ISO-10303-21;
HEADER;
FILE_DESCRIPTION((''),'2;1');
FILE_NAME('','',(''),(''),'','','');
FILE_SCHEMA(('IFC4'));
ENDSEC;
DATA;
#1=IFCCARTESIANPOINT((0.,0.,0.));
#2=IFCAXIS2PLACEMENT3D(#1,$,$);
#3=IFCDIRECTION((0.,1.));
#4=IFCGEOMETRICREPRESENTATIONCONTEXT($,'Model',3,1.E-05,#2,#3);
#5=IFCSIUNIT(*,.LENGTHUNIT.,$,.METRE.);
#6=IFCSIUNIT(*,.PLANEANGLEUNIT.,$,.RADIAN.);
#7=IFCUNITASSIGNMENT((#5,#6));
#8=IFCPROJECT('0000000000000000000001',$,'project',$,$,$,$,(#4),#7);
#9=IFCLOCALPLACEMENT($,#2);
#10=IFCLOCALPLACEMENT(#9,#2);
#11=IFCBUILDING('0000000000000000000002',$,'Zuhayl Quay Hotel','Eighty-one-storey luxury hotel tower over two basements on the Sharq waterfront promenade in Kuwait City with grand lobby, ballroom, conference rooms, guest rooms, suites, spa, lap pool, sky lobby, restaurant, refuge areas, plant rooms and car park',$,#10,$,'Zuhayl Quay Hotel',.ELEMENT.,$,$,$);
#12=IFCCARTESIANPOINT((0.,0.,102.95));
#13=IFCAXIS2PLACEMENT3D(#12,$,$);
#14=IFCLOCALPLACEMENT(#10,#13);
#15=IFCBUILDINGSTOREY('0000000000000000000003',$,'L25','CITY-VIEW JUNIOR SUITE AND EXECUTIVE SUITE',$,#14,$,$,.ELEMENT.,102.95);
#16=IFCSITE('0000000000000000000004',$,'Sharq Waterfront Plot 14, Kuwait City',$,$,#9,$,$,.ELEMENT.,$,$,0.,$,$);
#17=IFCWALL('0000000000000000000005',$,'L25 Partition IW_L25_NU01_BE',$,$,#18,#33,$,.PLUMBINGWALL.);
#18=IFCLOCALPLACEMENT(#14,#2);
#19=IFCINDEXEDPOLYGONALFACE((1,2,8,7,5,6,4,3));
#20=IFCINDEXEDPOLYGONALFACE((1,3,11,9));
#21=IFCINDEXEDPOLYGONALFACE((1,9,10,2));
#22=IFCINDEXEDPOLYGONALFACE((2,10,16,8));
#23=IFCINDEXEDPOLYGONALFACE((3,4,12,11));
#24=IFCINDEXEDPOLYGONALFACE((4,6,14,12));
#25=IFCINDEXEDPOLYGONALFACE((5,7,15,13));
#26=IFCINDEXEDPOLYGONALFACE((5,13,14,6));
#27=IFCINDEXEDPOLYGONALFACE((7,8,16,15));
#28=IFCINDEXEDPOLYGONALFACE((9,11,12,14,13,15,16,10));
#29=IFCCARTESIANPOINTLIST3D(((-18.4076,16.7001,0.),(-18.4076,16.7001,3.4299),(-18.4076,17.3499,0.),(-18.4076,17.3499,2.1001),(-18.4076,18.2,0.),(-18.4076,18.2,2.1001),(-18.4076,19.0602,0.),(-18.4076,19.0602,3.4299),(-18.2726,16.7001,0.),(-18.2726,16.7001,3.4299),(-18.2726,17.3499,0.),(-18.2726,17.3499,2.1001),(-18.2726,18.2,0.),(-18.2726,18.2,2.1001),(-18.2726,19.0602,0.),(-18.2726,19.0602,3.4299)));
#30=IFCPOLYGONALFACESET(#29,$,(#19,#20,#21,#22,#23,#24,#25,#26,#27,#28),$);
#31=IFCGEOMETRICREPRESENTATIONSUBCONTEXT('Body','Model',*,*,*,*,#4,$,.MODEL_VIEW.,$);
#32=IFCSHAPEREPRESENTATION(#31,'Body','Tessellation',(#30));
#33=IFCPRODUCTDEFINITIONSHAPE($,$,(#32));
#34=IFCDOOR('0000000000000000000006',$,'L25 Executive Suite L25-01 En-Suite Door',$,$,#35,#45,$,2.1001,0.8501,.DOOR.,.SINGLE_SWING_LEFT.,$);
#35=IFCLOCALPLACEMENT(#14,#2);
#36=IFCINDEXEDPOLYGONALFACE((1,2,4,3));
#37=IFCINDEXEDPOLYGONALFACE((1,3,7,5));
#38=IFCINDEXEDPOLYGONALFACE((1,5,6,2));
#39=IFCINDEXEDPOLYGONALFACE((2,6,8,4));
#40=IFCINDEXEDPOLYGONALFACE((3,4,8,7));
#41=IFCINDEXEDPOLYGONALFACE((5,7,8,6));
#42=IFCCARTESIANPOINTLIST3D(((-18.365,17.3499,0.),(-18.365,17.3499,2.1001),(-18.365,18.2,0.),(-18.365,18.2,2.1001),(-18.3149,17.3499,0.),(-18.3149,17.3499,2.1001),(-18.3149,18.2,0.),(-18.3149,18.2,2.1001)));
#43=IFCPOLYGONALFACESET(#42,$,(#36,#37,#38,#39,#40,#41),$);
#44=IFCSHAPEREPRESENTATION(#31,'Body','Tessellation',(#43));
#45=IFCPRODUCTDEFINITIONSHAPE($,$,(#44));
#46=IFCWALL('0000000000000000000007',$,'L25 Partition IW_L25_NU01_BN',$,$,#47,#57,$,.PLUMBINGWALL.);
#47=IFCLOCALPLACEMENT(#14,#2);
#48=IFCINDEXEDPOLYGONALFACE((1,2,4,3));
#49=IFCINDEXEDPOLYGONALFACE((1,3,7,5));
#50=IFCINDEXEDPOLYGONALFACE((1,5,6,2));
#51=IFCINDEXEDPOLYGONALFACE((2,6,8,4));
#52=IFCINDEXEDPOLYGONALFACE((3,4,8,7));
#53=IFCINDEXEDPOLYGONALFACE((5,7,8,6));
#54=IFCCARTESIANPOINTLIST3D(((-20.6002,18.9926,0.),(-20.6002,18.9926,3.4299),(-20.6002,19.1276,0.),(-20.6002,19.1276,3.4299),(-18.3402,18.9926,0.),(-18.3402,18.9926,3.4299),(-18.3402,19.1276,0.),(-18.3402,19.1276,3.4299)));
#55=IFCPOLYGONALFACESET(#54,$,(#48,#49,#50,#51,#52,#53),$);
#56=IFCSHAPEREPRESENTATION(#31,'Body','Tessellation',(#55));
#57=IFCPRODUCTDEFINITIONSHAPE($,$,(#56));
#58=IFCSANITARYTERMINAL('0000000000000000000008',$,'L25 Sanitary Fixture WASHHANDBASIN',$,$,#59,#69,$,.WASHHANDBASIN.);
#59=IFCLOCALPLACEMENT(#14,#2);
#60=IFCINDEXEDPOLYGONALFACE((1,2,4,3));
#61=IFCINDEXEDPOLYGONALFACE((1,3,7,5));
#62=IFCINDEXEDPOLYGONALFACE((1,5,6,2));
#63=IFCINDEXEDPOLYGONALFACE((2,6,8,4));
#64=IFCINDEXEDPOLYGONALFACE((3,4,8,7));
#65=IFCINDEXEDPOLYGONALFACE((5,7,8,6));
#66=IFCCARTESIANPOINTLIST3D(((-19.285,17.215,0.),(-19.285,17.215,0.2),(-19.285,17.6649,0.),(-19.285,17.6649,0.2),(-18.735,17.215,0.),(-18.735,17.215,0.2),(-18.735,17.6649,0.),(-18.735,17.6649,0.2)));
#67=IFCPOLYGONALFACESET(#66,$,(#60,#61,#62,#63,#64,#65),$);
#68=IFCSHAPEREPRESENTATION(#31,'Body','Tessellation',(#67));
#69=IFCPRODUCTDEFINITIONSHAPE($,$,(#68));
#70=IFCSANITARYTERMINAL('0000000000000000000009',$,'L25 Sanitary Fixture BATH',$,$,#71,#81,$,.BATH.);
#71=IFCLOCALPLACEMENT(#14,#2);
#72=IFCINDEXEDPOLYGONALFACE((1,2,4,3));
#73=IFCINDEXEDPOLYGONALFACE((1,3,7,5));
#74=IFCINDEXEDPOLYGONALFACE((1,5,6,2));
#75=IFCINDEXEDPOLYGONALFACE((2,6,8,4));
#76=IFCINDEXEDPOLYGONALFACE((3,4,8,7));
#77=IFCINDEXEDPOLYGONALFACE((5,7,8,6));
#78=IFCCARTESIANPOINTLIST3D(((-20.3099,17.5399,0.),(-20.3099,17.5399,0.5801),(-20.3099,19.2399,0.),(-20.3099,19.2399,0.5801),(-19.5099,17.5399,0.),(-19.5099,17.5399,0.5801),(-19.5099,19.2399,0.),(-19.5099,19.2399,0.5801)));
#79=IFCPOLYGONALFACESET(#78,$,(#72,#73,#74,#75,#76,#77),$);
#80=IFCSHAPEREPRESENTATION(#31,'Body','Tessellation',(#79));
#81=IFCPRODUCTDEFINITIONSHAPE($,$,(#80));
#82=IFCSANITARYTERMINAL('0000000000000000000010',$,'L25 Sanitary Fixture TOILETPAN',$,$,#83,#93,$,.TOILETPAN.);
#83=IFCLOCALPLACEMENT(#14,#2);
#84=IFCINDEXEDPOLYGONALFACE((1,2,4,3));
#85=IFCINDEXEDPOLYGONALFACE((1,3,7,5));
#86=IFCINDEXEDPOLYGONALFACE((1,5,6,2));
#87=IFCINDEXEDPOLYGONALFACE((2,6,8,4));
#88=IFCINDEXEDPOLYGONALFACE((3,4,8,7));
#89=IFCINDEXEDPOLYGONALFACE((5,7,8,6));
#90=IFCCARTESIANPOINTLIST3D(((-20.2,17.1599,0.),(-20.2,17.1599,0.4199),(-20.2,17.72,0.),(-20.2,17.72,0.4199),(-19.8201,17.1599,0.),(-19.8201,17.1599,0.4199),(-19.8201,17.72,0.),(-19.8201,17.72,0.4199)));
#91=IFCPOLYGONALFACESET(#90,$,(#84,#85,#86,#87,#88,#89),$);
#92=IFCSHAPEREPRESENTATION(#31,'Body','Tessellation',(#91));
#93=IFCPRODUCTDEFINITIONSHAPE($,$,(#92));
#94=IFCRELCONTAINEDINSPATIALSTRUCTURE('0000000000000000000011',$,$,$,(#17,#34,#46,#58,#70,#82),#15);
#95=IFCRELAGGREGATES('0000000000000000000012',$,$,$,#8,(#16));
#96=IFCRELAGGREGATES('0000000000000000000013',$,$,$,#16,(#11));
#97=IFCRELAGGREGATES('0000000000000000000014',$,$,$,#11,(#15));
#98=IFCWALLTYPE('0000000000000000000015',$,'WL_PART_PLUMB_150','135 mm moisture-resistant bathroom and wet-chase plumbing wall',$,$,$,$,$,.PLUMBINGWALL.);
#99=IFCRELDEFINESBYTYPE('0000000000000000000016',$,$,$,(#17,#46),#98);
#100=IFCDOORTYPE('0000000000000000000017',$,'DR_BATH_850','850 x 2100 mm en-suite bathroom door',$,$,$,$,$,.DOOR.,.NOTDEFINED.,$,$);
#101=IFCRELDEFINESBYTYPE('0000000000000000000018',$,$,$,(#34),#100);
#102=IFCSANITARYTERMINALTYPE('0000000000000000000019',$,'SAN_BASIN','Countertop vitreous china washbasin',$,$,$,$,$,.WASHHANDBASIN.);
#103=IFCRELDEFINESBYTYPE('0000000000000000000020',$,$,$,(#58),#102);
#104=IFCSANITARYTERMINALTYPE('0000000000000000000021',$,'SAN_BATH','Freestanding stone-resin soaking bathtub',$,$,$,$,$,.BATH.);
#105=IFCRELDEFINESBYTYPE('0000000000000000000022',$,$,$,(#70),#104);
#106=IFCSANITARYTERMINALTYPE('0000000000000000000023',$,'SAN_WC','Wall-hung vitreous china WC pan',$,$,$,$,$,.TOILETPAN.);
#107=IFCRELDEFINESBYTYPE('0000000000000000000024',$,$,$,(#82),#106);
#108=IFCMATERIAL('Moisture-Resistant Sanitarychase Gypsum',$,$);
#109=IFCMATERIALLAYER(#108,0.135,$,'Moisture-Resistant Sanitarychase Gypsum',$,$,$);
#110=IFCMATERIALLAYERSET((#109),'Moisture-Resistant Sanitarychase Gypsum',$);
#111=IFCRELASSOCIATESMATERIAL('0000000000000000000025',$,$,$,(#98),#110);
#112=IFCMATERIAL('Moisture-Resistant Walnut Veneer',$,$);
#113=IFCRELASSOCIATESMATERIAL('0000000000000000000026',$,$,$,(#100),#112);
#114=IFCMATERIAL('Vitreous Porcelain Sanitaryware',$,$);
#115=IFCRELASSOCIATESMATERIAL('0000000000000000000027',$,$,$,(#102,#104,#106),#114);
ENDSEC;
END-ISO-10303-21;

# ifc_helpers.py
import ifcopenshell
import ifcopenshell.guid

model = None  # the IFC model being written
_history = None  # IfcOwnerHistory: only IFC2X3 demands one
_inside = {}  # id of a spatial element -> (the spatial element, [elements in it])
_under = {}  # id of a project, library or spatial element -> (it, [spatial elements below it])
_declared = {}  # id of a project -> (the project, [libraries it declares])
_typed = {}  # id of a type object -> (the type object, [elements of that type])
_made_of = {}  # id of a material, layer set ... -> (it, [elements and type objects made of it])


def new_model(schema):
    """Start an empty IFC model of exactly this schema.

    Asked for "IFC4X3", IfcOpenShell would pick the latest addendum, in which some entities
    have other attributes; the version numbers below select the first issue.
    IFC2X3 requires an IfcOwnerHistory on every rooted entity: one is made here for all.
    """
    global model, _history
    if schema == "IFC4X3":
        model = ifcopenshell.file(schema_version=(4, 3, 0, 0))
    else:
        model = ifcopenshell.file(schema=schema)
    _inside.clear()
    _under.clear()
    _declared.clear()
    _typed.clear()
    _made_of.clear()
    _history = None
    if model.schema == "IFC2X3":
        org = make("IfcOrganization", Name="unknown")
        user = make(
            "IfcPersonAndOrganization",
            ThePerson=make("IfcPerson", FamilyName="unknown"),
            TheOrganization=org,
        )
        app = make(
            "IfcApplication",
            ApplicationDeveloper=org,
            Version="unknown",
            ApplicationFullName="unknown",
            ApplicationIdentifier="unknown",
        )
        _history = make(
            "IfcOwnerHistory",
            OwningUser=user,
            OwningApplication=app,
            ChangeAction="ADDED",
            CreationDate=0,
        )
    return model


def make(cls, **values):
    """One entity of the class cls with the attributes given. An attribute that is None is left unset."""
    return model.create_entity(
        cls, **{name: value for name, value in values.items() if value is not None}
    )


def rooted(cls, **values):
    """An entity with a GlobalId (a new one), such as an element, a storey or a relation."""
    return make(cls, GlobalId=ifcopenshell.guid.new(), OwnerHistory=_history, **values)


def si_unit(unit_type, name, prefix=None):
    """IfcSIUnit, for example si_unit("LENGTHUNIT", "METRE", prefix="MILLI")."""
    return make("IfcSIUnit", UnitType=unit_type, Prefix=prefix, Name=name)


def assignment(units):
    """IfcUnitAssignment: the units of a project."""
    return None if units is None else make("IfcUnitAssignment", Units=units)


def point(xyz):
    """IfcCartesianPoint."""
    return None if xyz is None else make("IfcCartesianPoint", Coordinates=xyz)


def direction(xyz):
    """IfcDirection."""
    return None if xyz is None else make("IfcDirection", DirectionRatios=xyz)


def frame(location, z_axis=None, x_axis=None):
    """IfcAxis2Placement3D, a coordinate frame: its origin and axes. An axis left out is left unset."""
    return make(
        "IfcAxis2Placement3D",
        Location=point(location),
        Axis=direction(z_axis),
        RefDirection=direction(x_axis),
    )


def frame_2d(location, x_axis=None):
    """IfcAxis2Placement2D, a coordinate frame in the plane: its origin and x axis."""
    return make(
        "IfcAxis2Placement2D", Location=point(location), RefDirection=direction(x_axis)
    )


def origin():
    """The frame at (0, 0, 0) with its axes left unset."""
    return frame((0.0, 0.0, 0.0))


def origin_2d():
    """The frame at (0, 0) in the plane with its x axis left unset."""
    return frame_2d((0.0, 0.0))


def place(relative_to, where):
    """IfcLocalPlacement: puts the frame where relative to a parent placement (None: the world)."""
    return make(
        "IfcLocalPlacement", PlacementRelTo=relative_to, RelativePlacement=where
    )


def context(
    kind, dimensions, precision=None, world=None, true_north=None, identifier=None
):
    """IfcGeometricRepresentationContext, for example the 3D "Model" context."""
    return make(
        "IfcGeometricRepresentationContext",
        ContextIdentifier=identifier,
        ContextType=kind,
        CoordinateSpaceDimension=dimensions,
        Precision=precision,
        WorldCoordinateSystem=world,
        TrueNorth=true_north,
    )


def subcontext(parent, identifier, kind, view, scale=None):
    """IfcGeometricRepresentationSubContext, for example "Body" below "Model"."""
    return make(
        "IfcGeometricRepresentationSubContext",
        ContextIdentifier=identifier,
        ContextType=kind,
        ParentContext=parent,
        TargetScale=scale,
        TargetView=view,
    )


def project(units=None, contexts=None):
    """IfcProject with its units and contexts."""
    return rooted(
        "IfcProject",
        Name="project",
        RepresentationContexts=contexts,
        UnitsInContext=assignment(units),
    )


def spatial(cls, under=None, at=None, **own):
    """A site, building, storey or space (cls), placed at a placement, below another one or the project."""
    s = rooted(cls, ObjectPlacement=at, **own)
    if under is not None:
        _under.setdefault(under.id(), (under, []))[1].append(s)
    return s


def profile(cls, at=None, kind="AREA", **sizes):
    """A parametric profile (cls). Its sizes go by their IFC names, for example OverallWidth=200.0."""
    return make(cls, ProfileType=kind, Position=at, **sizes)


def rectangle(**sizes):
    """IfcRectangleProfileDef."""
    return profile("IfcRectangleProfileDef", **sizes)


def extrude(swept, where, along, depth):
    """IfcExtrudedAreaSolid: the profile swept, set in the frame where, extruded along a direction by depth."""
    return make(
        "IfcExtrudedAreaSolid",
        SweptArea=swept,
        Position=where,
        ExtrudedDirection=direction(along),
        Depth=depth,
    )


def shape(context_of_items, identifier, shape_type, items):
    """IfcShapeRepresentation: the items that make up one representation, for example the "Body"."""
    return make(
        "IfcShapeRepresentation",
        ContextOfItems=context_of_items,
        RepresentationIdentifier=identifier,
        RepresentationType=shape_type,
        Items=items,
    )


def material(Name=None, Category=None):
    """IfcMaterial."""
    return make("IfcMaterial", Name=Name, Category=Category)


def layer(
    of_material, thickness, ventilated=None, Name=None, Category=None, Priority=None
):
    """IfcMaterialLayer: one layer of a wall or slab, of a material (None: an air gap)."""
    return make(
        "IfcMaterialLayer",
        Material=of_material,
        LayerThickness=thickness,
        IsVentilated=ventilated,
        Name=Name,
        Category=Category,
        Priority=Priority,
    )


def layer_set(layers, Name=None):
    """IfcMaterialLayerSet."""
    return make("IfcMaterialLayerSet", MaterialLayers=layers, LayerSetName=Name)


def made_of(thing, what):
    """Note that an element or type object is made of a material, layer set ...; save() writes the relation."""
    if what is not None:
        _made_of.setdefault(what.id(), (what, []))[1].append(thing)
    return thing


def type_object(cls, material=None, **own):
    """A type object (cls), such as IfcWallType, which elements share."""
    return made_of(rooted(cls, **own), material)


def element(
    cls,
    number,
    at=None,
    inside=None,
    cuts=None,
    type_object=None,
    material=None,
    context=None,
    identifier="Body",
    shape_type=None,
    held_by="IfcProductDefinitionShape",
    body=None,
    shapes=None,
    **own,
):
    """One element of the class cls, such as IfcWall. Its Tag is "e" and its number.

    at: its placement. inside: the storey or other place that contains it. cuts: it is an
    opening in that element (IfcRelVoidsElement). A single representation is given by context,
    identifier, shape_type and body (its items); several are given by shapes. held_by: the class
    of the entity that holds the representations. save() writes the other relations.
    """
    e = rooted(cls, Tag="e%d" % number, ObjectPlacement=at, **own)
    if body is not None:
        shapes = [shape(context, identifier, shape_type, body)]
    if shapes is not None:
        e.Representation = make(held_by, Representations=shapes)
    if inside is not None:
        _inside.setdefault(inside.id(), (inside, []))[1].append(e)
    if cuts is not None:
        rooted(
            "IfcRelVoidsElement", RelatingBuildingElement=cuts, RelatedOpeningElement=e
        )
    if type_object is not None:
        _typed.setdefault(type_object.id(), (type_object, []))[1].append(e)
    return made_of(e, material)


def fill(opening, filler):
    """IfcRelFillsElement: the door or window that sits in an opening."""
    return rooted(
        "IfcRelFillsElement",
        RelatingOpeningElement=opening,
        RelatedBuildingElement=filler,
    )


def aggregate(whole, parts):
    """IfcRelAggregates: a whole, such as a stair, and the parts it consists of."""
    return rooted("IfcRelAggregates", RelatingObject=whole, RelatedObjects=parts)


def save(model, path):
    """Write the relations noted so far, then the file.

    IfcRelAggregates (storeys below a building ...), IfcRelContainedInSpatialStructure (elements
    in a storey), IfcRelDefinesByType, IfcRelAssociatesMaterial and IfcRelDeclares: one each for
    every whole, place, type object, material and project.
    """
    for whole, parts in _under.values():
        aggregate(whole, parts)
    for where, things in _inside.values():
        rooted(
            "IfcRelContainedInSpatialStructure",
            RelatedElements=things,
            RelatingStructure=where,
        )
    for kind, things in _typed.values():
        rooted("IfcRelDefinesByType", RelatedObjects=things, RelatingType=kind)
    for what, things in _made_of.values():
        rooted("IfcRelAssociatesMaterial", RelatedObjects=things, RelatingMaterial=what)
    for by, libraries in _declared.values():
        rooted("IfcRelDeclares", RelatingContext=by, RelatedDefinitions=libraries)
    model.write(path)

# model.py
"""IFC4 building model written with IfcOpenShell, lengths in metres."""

from ifc_helpers import new_model, si_unit, direction, frame, frame_2d, origin, origin_2d, place, context, subcontext, project, spatial, rectangle, extrude, material, layer, layer_set, type_object, element, fill, save


model = new_model("IFC4")

# Units and contexts
model_context = context("Model", 3, precision=1e-05, world=origin(), true_north=direction((0.0, 1.0)))
body_context = subcontext(model_context, "Body", "Model", "MODEL_VIEW")
ifc_project = project(units=[si_unit("LENGTHUNIT", "METRE"), si_unit("PLANEANGLEUNIT", "RADIAN")], contexts=[model_context])

# Site, building, storey
site_placement = place(None, origin())
site = spatial("IfcSite", under=ifc_project, at=site_placement, Name="Sharq Waterfront Plot 14, Kuwait City", CompositionType="ELEMENT", RefElevation=0.0)
building_placement = place(site_placement, origin())
building = spatial("IfcBuilding", under=site, at=building_placement, Name="Zuhayl Quay Hotel", Description="Eighty-one-storey luxury hotel tower over two basements on the Sharq waterfront promenade in Kuwait City with grand lobby, ballroom, conference rooms, guest rooms, suites, spa, lap pool, sky lobby, restaurant, refuge areas, plant rooms and car park", LongName="Zuhayl Quay Hotel", CompositionType="ELEMENT")
storey_placement = place(building_placement, frame((0.0, 0.0, 102.95)))
storey = spatial("IfcBuildingStorey", under=building, at=storey_placement, Name="L25", Description="CITY-VIEW JUNIOR SUITE AND EXECUTIVE SUITE", CompositionType="ELEMENT", Elevation=102.95)

# Wall, opening, door
ifc_material_1 = material(Name="Moisture-Resistant Sanitarychase Gypsum")
ifc_layer_1 = layer(ifc_material_1, 0.135, Name="Moisture-Resistant Sanitarychase Gypsum")
ifc_layer_set_1 = layer_set([ifc_layer_1], Name="Moisture-Resistant Sanitarychase Gypsum")
wall_type_1 = type_object("IfcWallType", Name="WL_PART_PLUMB_150", Description="135 mm moisture-resistant bathroom and wet-chase plumbing wall", PredefinedType="PLUMBINGWALL", material=ifc_layer_set_1)
wall_1_placement = place(storey_placement, frame((-18.3401, 16.7, 0.0), z_axis=(0.0, 0.0, 1.0), x_axis=(0.0, 1.0, 0.0)))
wall_1 = element("IfcWall", 1, at=wall_1_placement, inside=storey, type_object=wall_type_1, Name="L25 Partition IW_L25_NU01_BE", PredefinedType="PLUMBINGWALL", context=body_context, shape_type="SweptSolid", body=[
    extrude(rectangle(XDim=2.3601, YDim=0.135, at=frame_2d((1.1802, 0.0))), origin(), (0.0, 0.0, 1.0), 3.4299),
])
opening_1_placement = place(wall_1_placement, frame((0.6499, 0.0, 0.0)))
opening_1 = element("IfcOpeningElement", 2, at=opening_1_placement, cuts=wall_1, PredefinedType="OPENING", context=body_context, shape_type="SweptSolid", body=[
    extrude(rectangle(XDim=0.8501, YDim=2.1001, at=frame_2d((0.425, 1.05))), frame((0.0, 0.0774, 0.0), z_axis=(0.0, -1.0, 0.0), x_axis=(1.0, 0.0, 0.0)), (0.0, 0.0, 1.0), 0.155),
])
ifc_material_2 = material(Name="Moisture-Resistant Walnut Veneer")
door_type_1 = type_object("IfcDoorType", Name="DR_BATH_850", Description="850 x 2100 mm en-suite bathroom door", OperationType="NOTDEFINED", PredefinedType="DOOR", material=ifc_material_2)
door_1_placement = place(opening_1_placement, origin())
door_1 = element("IfcDoor", 3, at=door_1_placement, inside=storey, type_object=door_type_1, Name="L25 Executive Suite L25-01 En-Suite Door", OperationType="SINGLE_SWING_LEFT", OverallHeight=2.1001, OverallWidth=0.8501, PredefinedType="DOOR", context=body_context, shape_type="SweptSolid", body=[
    extrude(rectangle(XDim=0.8501, YDim=2.1001, at=frame_2d((0.425, 1.05))), frame((0.0, 0.0249, 0.0), z_axis=(0.0, -1.0, 0.0), x_axis=(1.0, 0.0, 0.0)), (0.0, 0.0, 1.0), 0.05),
])
fill(opening_1, door_1)

# Wall
wall_2_placement = place(storey_placement, frame((-20.6001, 19.0601, 0.0), z_axis=(0.0, 0.0, 1.0), x_axis=(1.0, 0.0, 0.0)))
element("IfcWall", 4, at=wall_2_placement, inside=storey, type_object=wall_type_1, Name="L25 Partition IW_L25_NU01_BN", PredefinedType="PLUMBINGWALL", context=body_context, shape_type="SweptSolid", body=[
    extrude(rectangle(XDim=2.26, YDim=0.135, at=frame_2d((1.1299, 0.0))), origin(), (0.0, 0.0, 1.0), 3.4299),
])

# Sanitary terminals
ifc_material_3 = material(Name="Vitreous Porcelain Sanitaryware")
sanitary_terminal_type_1 = type_object("IfcSanitaryTerminalType", Name="SAN_BASIN", Description="Countertop vitreous china washbasin", PredefinedType="WASHHANDBASIN", material=ifc_material_3)
sanitary_terminal_1_placement = place(storey_placement, frame((-19.01, 17.4399, 0.0), z_axis=(0.0, 0.0, 1.0), x_axis=(1.0, 0.0, 0.0)))
element("IfcSanitaryTerminal", 5, at=sanitary_terminal_1_placement, inside=storey, type_object=sanitary_terminal_type_1, Name="L25 Sanitary Fixture WASHHANDBASIN", PredefinedType="WASHHANDBASIN", context=body_context, shape_type="SweptSolid", body=[
    extrude(rectangle(XDim=0.55, YDim=0.45, at=origin_2d()), origin(), (0.0, 0.0, 1.0), 0.2),
])
sanitary_terminal_type_2 = type_object("IfcSanitaryTerminalType", Name="SAN_BATH", Description="Freestanding stone-resin soaking bathtub", PredefinedType="BATH", material=ifc_material_3)
sanitary_terminal_2_placement = place(storey_placement, frame((-19.9099, 18.3899, 0.0), z_axis=(0.0, 0.0, 1.0), x_axis=(1.0, 0.0, 0.0)))
element("IfcSanitaryTerminal", 6, at=sanitary_terminal_2_placement, inside=storey, type_object=sanitary_terminal_type_2, Name="L25 Sanitary Fixture BATH", PredefinedType="BATH", context=body_context, shape_type="SweptSolid", body=[
    extrude(rectangle(XDim=0.8, YDim=1.7, at=origin_2d()), origin(), (0.0, 0.0, 1.0), 0.5801),
])
sanitary_terminal_type_3 = type_object("IfcSanitaryTerminalType", Name="SAN_WC", Description="Wall-hung vitreous china WC pan", PredefinedType="TOILETPAN", material=ifc_material_3)
sanitary_terminal_3_placement = place(storey_placement, frame((-20.01, 17.4399, 0.0), z_axis=(0.0, 0.0, 1.0), x_axis=(1.0, 0.0, 0.0)))
element("IfcSanitaryTerminal", 7, at=sanitary_terminal_3_placement, inside=storey, type_object=sanitary_terminal_type_3, Name="L25 Sanitary Fixture TOILETPAN", PredefinedType="TOILETPAN", context=body_context, shape_type="SweptSolid", body=[
    extrude(rectangle(XDim=0.3799, YDim=0.5601, at=origin_2d()), origin(), (0.0, 0.0, 1.0), 0.4199),
])

save(model, "model.ifc")
